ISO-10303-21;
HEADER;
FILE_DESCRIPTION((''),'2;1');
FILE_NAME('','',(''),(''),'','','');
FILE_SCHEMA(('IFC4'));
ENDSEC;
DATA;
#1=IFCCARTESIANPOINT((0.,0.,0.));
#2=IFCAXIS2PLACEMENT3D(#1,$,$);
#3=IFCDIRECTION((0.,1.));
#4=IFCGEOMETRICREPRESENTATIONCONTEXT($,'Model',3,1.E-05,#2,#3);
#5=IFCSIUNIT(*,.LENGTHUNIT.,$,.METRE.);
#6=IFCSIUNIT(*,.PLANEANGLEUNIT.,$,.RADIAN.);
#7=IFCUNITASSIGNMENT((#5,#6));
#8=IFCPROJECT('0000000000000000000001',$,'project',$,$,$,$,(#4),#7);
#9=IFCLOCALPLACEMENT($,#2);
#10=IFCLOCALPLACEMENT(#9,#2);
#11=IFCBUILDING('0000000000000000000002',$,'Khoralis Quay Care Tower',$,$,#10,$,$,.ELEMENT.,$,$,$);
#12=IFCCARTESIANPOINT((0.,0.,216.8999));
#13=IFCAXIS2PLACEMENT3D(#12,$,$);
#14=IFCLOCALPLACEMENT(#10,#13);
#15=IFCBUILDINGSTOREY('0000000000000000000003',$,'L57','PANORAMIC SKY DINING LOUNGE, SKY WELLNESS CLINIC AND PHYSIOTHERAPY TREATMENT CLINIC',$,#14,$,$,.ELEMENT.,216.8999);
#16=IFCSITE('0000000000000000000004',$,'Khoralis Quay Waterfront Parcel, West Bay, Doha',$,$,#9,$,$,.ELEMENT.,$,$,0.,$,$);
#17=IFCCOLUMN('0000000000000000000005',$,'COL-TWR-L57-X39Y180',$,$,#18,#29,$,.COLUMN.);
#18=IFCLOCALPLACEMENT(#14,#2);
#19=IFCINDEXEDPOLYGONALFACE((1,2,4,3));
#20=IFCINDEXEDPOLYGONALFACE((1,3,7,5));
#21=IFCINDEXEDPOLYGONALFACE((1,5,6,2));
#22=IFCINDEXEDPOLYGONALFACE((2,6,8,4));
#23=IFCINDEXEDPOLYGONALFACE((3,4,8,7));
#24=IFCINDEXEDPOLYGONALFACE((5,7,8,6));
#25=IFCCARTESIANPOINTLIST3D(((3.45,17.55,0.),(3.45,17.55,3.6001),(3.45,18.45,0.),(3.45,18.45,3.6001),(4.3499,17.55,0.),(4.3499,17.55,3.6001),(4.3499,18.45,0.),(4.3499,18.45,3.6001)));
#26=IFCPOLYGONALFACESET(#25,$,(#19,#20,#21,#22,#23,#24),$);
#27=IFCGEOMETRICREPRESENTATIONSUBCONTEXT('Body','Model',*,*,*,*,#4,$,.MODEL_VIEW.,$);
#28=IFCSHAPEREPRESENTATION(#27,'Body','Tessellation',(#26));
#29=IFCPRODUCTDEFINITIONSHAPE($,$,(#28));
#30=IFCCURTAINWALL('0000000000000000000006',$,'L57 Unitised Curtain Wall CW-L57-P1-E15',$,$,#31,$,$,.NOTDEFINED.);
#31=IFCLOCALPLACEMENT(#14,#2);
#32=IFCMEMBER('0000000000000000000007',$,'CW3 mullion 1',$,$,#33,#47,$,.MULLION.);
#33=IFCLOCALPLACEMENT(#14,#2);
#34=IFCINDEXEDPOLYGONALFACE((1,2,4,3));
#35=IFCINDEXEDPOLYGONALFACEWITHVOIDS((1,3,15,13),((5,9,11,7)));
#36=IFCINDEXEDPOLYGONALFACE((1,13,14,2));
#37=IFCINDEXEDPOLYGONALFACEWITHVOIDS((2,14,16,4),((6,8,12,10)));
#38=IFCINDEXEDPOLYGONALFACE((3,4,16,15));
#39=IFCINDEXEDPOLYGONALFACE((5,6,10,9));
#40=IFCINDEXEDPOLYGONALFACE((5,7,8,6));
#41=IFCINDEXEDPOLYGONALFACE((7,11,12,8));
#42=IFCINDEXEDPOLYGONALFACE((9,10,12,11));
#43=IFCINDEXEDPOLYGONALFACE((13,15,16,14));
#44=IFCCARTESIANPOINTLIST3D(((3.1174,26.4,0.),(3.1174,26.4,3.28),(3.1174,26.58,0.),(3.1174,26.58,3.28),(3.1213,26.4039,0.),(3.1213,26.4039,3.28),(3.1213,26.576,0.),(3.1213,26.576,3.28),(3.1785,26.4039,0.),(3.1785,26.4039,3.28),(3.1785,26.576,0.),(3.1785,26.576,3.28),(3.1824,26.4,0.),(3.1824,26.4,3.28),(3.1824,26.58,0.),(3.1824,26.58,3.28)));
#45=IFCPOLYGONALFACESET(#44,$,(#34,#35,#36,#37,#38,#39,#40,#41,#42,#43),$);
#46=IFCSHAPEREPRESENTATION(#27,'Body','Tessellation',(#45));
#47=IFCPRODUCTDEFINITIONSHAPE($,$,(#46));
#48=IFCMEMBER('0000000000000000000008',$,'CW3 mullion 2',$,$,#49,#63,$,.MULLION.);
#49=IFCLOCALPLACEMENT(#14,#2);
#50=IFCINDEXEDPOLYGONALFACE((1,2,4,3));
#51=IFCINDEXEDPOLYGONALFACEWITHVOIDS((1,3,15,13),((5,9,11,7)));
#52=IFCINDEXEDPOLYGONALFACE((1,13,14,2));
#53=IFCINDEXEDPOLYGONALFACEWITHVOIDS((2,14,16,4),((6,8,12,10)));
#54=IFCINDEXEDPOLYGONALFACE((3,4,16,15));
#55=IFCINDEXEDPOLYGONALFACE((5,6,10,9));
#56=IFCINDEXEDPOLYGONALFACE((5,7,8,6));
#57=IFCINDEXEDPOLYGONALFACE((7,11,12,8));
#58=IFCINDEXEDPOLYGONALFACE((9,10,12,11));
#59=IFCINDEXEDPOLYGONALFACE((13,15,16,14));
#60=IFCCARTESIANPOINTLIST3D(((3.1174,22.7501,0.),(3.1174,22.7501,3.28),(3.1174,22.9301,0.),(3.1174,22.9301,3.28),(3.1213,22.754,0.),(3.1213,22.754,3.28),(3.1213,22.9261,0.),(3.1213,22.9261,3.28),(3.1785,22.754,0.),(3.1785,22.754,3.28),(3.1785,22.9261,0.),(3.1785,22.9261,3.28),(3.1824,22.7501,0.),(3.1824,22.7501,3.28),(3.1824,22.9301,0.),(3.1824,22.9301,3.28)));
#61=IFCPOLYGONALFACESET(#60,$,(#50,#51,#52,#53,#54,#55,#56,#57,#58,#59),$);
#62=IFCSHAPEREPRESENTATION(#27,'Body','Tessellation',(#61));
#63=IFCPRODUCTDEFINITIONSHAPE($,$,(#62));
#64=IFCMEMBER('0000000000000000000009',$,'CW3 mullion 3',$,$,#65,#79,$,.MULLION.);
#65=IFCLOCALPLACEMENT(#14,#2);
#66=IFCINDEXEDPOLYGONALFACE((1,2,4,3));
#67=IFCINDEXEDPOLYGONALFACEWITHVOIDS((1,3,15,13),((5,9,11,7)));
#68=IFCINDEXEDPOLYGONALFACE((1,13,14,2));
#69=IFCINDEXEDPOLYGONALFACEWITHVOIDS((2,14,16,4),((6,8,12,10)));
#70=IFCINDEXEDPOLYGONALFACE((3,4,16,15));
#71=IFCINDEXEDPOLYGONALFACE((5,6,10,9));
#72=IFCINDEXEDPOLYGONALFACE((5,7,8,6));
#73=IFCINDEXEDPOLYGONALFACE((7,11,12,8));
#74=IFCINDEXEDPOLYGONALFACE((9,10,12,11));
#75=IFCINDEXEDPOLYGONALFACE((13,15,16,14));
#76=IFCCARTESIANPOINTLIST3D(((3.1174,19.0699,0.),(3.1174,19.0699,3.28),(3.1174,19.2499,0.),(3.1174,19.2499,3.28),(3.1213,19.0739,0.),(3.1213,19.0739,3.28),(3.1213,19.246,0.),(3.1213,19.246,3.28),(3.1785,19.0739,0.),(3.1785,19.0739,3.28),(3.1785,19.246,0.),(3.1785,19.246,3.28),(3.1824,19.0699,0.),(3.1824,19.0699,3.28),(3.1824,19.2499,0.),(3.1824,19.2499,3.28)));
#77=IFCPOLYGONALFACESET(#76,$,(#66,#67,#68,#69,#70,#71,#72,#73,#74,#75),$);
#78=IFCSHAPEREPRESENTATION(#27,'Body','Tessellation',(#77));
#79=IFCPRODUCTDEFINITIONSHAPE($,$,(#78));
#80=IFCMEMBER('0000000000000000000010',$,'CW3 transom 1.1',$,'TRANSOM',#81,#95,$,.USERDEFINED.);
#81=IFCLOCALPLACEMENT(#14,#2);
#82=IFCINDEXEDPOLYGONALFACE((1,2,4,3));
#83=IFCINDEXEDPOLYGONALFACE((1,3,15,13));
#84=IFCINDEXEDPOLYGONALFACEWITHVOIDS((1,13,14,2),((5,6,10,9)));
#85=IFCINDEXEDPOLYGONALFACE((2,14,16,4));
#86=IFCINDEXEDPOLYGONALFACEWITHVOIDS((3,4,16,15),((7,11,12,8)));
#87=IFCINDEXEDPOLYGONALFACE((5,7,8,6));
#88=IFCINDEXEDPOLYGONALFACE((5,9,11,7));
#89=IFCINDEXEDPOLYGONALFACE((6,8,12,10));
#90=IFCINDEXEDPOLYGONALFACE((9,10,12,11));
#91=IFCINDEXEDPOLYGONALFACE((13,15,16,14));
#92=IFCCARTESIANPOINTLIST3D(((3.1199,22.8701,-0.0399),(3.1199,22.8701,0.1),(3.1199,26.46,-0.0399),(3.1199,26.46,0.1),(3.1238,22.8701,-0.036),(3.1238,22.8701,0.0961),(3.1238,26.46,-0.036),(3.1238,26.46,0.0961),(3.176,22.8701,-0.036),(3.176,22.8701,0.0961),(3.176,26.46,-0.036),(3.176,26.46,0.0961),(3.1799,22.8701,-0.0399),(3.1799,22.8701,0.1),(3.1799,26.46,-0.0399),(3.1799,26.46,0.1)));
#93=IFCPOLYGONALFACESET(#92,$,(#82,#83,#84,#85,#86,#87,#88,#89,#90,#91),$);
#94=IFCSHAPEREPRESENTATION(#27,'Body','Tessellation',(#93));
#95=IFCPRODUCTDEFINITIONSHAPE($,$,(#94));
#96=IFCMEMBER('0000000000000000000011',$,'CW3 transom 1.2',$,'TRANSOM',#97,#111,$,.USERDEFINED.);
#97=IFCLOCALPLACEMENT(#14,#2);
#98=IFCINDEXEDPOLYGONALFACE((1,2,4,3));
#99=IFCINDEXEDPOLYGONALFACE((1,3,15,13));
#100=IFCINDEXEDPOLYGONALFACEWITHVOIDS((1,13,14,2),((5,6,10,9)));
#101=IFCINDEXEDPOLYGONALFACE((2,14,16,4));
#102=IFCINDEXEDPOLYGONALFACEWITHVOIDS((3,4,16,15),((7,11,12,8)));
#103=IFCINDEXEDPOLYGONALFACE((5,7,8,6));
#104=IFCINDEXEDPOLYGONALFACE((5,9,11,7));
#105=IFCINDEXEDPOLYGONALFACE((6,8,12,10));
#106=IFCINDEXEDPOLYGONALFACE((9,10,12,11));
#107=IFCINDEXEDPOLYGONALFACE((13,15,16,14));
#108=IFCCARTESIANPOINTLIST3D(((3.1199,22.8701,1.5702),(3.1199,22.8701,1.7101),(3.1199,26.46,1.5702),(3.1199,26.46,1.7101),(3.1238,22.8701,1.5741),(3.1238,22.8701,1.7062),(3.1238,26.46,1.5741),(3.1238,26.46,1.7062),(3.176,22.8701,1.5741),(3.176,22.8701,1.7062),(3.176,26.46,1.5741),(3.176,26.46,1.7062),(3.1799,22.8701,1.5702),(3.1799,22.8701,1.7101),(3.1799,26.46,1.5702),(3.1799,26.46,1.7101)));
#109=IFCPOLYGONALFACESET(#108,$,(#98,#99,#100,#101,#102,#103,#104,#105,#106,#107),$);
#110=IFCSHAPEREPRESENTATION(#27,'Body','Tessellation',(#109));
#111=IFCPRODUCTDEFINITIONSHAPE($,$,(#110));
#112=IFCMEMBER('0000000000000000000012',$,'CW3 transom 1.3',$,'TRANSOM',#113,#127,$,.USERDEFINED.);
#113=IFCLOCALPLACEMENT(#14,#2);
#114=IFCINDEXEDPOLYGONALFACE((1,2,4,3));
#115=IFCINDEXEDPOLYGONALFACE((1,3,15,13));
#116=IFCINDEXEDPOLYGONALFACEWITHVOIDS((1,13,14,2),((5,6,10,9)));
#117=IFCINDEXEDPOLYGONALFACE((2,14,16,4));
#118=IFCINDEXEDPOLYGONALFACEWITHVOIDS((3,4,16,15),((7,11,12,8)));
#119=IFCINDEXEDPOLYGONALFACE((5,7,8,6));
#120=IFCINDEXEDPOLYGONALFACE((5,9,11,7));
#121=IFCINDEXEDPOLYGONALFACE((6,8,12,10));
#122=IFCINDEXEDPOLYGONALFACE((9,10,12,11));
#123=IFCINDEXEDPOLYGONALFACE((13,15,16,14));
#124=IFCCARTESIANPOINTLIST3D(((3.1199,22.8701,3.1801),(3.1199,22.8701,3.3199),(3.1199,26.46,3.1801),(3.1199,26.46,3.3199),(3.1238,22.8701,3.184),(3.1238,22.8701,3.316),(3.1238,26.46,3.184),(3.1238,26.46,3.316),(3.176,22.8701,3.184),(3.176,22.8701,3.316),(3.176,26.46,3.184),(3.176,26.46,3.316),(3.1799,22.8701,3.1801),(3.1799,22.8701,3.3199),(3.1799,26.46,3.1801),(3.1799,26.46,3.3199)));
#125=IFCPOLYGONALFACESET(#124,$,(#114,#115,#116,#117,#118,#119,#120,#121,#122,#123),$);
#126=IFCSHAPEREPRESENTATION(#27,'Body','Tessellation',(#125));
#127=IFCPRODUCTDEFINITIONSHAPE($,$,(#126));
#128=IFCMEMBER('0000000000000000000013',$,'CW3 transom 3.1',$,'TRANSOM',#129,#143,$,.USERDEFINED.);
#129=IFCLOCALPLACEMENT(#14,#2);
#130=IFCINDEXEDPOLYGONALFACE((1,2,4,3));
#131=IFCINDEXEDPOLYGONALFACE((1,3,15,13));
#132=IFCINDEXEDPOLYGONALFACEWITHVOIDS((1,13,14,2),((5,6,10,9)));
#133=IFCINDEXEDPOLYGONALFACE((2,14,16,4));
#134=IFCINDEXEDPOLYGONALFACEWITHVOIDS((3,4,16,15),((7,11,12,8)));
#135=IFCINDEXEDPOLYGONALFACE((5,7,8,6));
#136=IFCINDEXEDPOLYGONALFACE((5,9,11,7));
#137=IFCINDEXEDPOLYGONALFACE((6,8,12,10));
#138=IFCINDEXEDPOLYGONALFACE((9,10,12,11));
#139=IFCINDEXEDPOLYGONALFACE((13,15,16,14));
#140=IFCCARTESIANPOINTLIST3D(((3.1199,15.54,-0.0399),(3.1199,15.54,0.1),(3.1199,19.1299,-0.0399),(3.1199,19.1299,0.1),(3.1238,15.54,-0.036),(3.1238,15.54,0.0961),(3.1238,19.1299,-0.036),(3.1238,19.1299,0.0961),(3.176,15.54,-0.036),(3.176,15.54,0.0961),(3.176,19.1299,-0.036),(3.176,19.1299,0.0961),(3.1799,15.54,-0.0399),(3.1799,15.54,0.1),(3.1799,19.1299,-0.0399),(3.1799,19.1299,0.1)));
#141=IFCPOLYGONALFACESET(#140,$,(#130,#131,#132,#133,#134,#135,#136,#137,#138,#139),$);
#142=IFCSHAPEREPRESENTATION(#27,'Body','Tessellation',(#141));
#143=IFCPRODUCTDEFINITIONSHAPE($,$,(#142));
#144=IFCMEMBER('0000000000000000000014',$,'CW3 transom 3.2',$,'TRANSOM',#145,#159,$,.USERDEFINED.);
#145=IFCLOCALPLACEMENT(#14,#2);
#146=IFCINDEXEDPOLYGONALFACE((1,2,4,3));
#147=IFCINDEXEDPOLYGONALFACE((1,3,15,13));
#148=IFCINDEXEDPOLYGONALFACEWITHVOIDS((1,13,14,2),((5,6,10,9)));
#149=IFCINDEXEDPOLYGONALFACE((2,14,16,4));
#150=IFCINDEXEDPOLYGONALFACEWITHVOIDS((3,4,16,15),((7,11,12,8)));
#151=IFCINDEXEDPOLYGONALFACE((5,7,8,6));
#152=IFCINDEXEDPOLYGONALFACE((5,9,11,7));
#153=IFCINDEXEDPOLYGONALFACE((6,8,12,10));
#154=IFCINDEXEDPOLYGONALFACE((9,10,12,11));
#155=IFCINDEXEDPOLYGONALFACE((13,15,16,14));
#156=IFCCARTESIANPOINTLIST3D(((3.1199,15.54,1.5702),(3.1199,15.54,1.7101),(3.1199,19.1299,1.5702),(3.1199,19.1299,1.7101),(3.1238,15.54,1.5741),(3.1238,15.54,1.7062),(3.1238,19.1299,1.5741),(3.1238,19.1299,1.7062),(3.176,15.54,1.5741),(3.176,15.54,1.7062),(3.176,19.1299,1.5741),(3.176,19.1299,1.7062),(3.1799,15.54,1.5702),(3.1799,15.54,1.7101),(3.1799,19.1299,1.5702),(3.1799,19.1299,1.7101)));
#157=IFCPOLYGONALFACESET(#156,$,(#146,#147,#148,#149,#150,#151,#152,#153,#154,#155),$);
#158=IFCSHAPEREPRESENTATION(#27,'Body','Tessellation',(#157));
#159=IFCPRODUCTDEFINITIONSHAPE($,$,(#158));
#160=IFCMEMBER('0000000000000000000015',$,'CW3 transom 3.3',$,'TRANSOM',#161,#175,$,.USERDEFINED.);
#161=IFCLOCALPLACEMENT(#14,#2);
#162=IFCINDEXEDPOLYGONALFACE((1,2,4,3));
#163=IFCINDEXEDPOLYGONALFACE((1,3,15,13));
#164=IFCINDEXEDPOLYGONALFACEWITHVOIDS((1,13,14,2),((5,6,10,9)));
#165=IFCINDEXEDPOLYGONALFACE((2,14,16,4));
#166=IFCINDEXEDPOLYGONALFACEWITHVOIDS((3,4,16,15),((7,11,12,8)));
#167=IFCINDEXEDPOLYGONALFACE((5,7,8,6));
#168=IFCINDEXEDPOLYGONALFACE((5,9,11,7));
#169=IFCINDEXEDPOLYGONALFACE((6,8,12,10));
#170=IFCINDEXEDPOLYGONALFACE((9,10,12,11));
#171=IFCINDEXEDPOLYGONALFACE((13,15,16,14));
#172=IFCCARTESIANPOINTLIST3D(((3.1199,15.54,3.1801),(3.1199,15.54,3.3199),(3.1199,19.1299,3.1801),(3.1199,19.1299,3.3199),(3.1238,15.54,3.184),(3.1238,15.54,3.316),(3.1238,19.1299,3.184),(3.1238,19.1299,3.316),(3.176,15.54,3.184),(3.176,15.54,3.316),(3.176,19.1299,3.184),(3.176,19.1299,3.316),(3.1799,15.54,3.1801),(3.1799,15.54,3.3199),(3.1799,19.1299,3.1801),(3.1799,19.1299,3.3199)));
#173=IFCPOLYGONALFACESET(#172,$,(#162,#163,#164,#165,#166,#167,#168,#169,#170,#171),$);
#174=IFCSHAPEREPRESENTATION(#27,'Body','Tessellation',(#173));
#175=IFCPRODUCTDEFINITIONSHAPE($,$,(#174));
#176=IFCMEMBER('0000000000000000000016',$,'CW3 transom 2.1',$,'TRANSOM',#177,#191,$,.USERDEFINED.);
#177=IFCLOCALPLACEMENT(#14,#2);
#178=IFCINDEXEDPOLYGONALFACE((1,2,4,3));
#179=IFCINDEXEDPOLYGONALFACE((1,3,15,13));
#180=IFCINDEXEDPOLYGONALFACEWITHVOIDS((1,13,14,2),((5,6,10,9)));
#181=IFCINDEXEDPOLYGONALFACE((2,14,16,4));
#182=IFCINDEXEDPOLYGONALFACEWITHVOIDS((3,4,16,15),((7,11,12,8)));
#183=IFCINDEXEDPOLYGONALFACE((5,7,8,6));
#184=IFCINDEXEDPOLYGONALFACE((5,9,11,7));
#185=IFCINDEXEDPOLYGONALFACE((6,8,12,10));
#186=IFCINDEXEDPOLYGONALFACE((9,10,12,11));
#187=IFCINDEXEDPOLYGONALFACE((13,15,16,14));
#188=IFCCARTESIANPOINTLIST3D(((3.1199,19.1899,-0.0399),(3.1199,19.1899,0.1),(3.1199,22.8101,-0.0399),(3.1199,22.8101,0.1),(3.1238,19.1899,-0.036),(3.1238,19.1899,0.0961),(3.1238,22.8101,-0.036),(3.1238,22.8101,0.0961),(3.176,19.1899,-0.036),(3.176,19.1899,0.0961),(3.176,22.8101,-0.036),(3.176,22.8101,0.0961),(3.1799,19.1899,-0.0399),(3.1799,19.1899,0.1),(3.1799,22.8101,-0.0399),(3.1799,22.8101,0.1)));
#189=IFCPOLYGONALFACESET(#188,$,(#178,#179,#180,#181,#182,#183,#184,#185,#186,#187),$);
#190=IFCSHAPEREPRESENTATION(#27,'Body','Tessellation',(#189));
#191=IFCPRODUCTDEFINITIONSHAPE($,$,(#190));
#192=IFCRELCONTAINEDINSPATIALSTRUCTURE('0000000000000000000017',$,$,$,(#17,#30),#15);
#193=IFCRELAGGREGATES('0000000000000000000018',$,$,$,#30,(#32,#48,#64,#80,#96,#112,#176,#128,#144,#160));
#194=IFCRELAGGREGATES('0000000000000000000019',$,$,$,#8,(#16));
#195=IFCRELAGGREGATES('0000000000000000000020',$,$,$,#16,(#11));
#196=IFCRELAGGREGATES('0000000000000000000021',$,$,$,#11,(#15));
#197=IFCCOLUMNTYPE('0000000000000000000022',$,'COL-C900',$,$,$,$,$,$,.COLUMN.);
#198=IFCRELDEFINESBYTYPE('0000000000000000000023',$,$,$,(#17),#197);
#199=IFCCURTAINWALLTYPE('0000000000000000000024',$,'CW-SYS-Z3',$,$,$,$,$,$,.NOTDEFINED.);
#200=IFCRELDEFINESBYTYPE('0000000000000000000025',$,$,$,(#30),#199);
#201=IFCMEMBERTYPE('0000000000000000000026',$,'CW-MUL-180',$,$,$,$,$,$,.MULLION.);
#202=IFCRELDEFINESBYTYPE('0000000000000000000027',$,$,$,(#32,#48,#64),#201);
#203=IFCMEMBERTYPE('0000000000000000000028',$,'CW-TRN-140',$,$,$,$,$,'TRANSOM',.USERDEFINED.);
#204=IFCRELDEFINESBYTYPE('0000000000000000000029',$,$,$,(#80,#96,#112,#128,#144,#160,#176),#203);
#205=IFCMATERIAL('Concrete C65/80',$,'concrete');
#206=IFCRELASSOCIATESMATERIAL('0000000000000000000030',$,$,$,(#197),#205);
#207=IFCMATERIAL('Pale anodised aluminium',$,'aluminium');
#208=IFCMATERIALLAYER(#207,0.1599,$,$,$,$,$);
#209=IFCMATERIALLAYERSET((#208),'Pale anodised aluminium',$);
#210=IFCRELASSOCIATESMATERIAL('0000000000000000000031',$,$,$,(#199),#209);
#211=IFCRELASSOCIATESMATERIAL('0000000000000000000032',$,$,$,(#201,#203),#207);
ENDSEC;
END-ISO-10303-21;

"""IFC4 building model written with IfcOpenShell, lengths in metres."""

from ifc_helpers import new_model, si_unit, direction, frame, origin, origin_2d, place, context, subcontext, project, spatial, rectangle, hollow_rectangle, extrude, source, transform, mapped, material, layer, layer_set, material_profile, profile_set, type_object, element, aggregate, save


model = new_model("IFC4")

# Units and contexts
model_context = context("Model", 3, precision=1e-05, world=origin(), true_north=direction((0.0, 1.0)))
body_context = subcontext(model_context, "Body", "Model", "MODEL_VIEW")
ifc_project = project(units=[si_unit("LENGTHUNIT", "METRE"), si_unit("PLANEANGLEUNIT", "RADIAN")], contexts=[model_context])

# Site, building, storey
site_placement = place(None, origin())
site = spatial("IfcSite", under=ifc_project, at=site_placement, Name="Khoralis Quay Waterfront Parcel, West Bay, Doha", CompositionType="ELEMENT", RefElevation=0.0)
building_placement = place(site_placement, origin())
building = spatial("IfcBuilding", under=site, at=building_placement, Name="Khoralis Quay Care Tower", CompositionType="ELEMENT")
storey_placement = place(building_placement, frame((0.0, 0.0, 216.8999)))
storey = spatial("IfcBuildingStorey", under=building, at=storey_placement, Name="L57", Description="PANORAMIC SKY DINING LOUNGE, SKY WELLNESS CLINIC AND PHYSIOTHERAPY TREATMENT CLINIC", CompositionType="ELEMENT", Elevation=216.8999)

# Column
ifc_material_1 = material(Name="Concrete C65/80", Category="concrete")
ifc_material_profile_1 = material_profile(ifc_material_1, rectangle(XDim=0.8999, YDim=0.8999, at=origin_2d()), Name="Concrete C65/80")
ifc_profile_set_1 = profile_set([ifc_material_profile_1], Name="Concrete C65/80")
column_type = type_object("IfcColumnType", Name="COL-C900", PredefinedType="COLUMN", material=ifc_profile_set_1)
shared_shape_1 = source(origin(), body_context, "Body", "SweptSolid", [
    extrude(rectangle(XDim=0.8999, YDim=0.8999, at=origin_2d()), origin(), (0.0, 0.0, 1.0), 3.6001),
])
column_placement = place(storey_placement, frame((3.8999, 18.0, 0.0), z_axis=(0.0, 0.0, 1.0), x_axis=(1.0, 0.0, 0.0)))
element("IfcColumn", 1, at=column_placement, inside=storey, type_object=column_type, Name="COL-TWR-L57-X39Y180", PredefinedType="COLUMN", context=body_context, shape_type="MappedRepresentation", body=[
    mapped(shared_shape_1, transform((0.0, 0.0, 0.0), scale=1.0)),
])

# Curtain wall, members
ifc_material_2 = material(Name="Pale anodised aluminium", Category="aluminium")
ifc_layer_1 = layer(ifc_material_2, 0.1599)
ifc_layer_set_1 = layer_set([ifc_layer_1], Name="Pale anodised aluminium")
curtain_wall_type = type_object("IfcCurtainWallType", Name="CW-SYS-Z3", PredefinedType="NOTDEFINED", material=ifc_layer_set_1)
curtain_wall_placement = place(storey_placement, origin())
curtain_wall = element("IfcCurtainWall", 2, at=curtain_wall_placement, inside=storey, type_object=curtain_wall_type, Name="L57 Unitised Curtain Wall CW-L57-P1-E15", PredefinedType="NOTDEFINED")
ifc_material_profile_2 = material_profile(ifc_material_2, hollow_rectangle(XDim=0.0649, YDim=0.1799, WallThickness=0.0039, at=origin_2d()), Name="Pale anodised aluminium")
ifc_profile_set_2 = profile_set([ifc_material_profile_2], Name="Pale anodised aluminium")
member_type_1 = type_object("IfcMemberType", Name="CW-MUL-180", PredefinedType="MULLION", material=ifc_profile_set_2)
shared_shape_2 = source(origin(), body_context, "Body", "SweptSolid", [
    extrude(hollow_rectangle(XDim=0.0649, YDim=0.1799, WallThickness=0.0039, at=origin_2d()), origin(), (0.0, 0.0, 1.0), 3.28),
])
member_1_placement = place(storey_placement, frame((3.1499, 26.49, 0.0), z_axis=(0.0, 0.0, 1.0), x_axis=(1.0, 0.0, 0.0)))
member_1 = element("IfcMember", 3, at=member_1_placement, type_object=member_type_1, Name="CW3 mullion 1", PredefinedType="MULLION", context=body_context, shape_type="MappedRepresentation", body=[
    mapped(shared_shape_2, transform((0.0, 0.0, 0.0), scale=1.0)),
])
member_2_placement = place(storey_placement, frame((3.1499, 22.8401, 0.0), z_axis=(0.0, 0.0, 1.0), x_axis=(1.0, 0.0, 0.0)))
member_2 = element("IfcMember", 4, at=member_2_placement, type_object=member_type_1, Name="CW3 mullion 2", PredefinedType="MULLION", context=body_context, shape_type="MappedRepresentation", body=[
    mapped(shared_shape_2, transform((0.0, 0.0, 0.0), scale=1.0)),
])
member_3_placement = place(storey_placement, frame((3.1499, 19.1599, 0.0), z_axis=(0.0, 0.0, 1.0), x_axis=(1.0, 0.0, 0.0)))
member_3 = element("IfcMember", 5, at=member_3_placement, type_object=member_type_1, Name="CW3 mullion 3", PredefinedType="MULLION", context=body_context, shape_type="MappedRepresentation", body=[
    mapped(shared_shape_2, transform((0.0, 0.0, 0.0), scale=1.0)),
])
ifc_material_profile_3 = material_profile(ifc_material_2, hollow_rectangle(XDim=0.0601, YDim=0.1399, WallThickness=0.0039, at=origin_2d()), Name="Pale anodised aluminium")
ifc_profile_set_3 = profile_set([ifc_material_profile_3], Name="Pale anodised aluminium")
member_type_2 = type_object("IfcMemberType", Name="CW-TRN-140", ElementType="TRANSOM", PredefinedType="USERDEFINED", material=ifc_profile_set_3)
shared_shape_3 = source(origin(), body_context, "Body", "SweptSolid", [
    extrude(hollow_rectangle(XDim=0.0601, YDim=0.1399, WallThickness=0.0039, at=origin_2d()), origin(), (0.0, 0.0, 1.0), 3.5898),
])
member_4_placement = place(storey_placement, frame((3.1499, 26.46, 0.03), z_axis=(0.0, -1.0, 0.0), x_axis=(1.0, 0.0, 0.0)))
member_4 = element("IfcMember", 6, at=member_4_placement, type_object=member_type_2, Name="CW3 transom 1.1", ObjectType="TRANSOM", PredefinedType="USERDEFINED", context=body_context, shape_type="MappedRepresentation", body=[
    mapped(shared_shape_3, transform((0.0, 0.0, 0.0), scale=1.0)),
])
member_5_placement = place(storey_placement, frame((3.1499, 26.46, 1.6401), z_axis=(0.0, -1.0, 0.0), x_axis=(1.0, 0.0, 0.0)))
member_5 = element("IfcMember", 7, at=member_5_placement, type_object=member_type_2, Name="CW3 transom 1.2", ObjectType="TRANSOM", PredefinedType="USERDEFINED", context=body_context, shape_type="MappedRepresentation", body=[
    mapped(shared_shape_3, transform((0.0, 0.0, 0.0), scale=1.0)),
])
member_6_placement = place(storey_placement, frame((3.1499, 26.46, 3.25), z_axis=(0.0, -1.0, 0.0), x_axis=(1.0, 0.0, 0.0)))
member_6 = element("IfcMember", 8, at=member_6_placement, type_object=member_type_2, Name="CW3 transom 1.3", ObjectType="TRANSOM", PredefinedType="USERDEFINED", context=body_context, shape_type="MappedRepresentation", body=[
    mapped(shared_shape_3, transform((0.0, 0.0, 0.0), scale=1.0)),
])
member_7_placement = place(storey_placement, frame((3.1499, 19.1299, 0.03), z_axis=(0.0, -1.0, 0.0), x_axis=(1.0, 0.0, 0.0)))
member_7 = element("IfcMember", 9, at=member_7_placement, type_object=member_type_2, Name="CW3 transom 3.1", ObjectType="TRANSOM", PredefinedType="USERDEFINED", context=body_context, shape_type="MappedRepresentation", body=[
    mapped(shared_shape_3, transform((0.0, 0.0, 0.0), scale=1.0)),
])
member_8_placement = place(storey_placement, frame((3.1499, 19.1299, 1.6401), z_axis=(0.0, -1.0, 0.0), x_axis=(1.0, 0.0, 0.0)))
member_8 = element("IfcMember", 10, at=member_8_placement, type_object=member_type_2, Name="CW3 transom 3.2", ObjectType="TRANSOM", PredefinedType="USERDEFINED", context=body_context, shape_type="MappedRepresentation", body=[
    mapped(shared_shape_3, transform((0.0, 0.0, 0.0), scale=1.0)),
])
member_9_placement = place(storey_placement, frame((3.1499, 19.1299, 3.25), z_axis=(0.0, -1.0, 0.0), x_axis=(1.0, 0.0, 0.0)))
member_9 = element("IfcMember", 11, at=member_9_placement, type_object=member_type_2, Name="CW3 transom 3.3", ObjectType="TRANSOM", PredefinedType="USERDEFINED", context=body_context, shape_type="MappedRepresentation", body=[
    mapped(shared_shape_3, transform((0.0, 0.0, 0.0), scale=1.0)),
])
shared_shape_4 = source(origin(), body_context, "Body", "SweptSolid", [
    extrude(hollow_rectangle(XDim=0.0601, YDim=0.1399, WallThickness=0.0039, at=origin_2d()), origin(), (0.0, 0.0, 1.0), 3.6201),
])
member_10_placement = place(storey_placement, frame((3.1499, 22.8101, 0.03), z_axis=(0.0, -1.0, 0.0), x_axis=(1.0, 0.0, 0.0)))
member_10 = element("IfcMember", 12, at=member_10_placement, type_object=member_type_2, Name="CW3 transom 2.1", ObjectType="TRANSOM", PredefinedType="USERDEFINED", context=body_context, shape_type="MappedRepresentation", body=[
    mapped(shared_shape_4, transform((0.0, 0.0, 0.0), scale=1.0)),
])
aggregate(curtain_wall, [member_1, member_2, member_3, member_4, member_5, member_6, member_10, member_7, member_8, member_9])

save(model, "model.ifc")
